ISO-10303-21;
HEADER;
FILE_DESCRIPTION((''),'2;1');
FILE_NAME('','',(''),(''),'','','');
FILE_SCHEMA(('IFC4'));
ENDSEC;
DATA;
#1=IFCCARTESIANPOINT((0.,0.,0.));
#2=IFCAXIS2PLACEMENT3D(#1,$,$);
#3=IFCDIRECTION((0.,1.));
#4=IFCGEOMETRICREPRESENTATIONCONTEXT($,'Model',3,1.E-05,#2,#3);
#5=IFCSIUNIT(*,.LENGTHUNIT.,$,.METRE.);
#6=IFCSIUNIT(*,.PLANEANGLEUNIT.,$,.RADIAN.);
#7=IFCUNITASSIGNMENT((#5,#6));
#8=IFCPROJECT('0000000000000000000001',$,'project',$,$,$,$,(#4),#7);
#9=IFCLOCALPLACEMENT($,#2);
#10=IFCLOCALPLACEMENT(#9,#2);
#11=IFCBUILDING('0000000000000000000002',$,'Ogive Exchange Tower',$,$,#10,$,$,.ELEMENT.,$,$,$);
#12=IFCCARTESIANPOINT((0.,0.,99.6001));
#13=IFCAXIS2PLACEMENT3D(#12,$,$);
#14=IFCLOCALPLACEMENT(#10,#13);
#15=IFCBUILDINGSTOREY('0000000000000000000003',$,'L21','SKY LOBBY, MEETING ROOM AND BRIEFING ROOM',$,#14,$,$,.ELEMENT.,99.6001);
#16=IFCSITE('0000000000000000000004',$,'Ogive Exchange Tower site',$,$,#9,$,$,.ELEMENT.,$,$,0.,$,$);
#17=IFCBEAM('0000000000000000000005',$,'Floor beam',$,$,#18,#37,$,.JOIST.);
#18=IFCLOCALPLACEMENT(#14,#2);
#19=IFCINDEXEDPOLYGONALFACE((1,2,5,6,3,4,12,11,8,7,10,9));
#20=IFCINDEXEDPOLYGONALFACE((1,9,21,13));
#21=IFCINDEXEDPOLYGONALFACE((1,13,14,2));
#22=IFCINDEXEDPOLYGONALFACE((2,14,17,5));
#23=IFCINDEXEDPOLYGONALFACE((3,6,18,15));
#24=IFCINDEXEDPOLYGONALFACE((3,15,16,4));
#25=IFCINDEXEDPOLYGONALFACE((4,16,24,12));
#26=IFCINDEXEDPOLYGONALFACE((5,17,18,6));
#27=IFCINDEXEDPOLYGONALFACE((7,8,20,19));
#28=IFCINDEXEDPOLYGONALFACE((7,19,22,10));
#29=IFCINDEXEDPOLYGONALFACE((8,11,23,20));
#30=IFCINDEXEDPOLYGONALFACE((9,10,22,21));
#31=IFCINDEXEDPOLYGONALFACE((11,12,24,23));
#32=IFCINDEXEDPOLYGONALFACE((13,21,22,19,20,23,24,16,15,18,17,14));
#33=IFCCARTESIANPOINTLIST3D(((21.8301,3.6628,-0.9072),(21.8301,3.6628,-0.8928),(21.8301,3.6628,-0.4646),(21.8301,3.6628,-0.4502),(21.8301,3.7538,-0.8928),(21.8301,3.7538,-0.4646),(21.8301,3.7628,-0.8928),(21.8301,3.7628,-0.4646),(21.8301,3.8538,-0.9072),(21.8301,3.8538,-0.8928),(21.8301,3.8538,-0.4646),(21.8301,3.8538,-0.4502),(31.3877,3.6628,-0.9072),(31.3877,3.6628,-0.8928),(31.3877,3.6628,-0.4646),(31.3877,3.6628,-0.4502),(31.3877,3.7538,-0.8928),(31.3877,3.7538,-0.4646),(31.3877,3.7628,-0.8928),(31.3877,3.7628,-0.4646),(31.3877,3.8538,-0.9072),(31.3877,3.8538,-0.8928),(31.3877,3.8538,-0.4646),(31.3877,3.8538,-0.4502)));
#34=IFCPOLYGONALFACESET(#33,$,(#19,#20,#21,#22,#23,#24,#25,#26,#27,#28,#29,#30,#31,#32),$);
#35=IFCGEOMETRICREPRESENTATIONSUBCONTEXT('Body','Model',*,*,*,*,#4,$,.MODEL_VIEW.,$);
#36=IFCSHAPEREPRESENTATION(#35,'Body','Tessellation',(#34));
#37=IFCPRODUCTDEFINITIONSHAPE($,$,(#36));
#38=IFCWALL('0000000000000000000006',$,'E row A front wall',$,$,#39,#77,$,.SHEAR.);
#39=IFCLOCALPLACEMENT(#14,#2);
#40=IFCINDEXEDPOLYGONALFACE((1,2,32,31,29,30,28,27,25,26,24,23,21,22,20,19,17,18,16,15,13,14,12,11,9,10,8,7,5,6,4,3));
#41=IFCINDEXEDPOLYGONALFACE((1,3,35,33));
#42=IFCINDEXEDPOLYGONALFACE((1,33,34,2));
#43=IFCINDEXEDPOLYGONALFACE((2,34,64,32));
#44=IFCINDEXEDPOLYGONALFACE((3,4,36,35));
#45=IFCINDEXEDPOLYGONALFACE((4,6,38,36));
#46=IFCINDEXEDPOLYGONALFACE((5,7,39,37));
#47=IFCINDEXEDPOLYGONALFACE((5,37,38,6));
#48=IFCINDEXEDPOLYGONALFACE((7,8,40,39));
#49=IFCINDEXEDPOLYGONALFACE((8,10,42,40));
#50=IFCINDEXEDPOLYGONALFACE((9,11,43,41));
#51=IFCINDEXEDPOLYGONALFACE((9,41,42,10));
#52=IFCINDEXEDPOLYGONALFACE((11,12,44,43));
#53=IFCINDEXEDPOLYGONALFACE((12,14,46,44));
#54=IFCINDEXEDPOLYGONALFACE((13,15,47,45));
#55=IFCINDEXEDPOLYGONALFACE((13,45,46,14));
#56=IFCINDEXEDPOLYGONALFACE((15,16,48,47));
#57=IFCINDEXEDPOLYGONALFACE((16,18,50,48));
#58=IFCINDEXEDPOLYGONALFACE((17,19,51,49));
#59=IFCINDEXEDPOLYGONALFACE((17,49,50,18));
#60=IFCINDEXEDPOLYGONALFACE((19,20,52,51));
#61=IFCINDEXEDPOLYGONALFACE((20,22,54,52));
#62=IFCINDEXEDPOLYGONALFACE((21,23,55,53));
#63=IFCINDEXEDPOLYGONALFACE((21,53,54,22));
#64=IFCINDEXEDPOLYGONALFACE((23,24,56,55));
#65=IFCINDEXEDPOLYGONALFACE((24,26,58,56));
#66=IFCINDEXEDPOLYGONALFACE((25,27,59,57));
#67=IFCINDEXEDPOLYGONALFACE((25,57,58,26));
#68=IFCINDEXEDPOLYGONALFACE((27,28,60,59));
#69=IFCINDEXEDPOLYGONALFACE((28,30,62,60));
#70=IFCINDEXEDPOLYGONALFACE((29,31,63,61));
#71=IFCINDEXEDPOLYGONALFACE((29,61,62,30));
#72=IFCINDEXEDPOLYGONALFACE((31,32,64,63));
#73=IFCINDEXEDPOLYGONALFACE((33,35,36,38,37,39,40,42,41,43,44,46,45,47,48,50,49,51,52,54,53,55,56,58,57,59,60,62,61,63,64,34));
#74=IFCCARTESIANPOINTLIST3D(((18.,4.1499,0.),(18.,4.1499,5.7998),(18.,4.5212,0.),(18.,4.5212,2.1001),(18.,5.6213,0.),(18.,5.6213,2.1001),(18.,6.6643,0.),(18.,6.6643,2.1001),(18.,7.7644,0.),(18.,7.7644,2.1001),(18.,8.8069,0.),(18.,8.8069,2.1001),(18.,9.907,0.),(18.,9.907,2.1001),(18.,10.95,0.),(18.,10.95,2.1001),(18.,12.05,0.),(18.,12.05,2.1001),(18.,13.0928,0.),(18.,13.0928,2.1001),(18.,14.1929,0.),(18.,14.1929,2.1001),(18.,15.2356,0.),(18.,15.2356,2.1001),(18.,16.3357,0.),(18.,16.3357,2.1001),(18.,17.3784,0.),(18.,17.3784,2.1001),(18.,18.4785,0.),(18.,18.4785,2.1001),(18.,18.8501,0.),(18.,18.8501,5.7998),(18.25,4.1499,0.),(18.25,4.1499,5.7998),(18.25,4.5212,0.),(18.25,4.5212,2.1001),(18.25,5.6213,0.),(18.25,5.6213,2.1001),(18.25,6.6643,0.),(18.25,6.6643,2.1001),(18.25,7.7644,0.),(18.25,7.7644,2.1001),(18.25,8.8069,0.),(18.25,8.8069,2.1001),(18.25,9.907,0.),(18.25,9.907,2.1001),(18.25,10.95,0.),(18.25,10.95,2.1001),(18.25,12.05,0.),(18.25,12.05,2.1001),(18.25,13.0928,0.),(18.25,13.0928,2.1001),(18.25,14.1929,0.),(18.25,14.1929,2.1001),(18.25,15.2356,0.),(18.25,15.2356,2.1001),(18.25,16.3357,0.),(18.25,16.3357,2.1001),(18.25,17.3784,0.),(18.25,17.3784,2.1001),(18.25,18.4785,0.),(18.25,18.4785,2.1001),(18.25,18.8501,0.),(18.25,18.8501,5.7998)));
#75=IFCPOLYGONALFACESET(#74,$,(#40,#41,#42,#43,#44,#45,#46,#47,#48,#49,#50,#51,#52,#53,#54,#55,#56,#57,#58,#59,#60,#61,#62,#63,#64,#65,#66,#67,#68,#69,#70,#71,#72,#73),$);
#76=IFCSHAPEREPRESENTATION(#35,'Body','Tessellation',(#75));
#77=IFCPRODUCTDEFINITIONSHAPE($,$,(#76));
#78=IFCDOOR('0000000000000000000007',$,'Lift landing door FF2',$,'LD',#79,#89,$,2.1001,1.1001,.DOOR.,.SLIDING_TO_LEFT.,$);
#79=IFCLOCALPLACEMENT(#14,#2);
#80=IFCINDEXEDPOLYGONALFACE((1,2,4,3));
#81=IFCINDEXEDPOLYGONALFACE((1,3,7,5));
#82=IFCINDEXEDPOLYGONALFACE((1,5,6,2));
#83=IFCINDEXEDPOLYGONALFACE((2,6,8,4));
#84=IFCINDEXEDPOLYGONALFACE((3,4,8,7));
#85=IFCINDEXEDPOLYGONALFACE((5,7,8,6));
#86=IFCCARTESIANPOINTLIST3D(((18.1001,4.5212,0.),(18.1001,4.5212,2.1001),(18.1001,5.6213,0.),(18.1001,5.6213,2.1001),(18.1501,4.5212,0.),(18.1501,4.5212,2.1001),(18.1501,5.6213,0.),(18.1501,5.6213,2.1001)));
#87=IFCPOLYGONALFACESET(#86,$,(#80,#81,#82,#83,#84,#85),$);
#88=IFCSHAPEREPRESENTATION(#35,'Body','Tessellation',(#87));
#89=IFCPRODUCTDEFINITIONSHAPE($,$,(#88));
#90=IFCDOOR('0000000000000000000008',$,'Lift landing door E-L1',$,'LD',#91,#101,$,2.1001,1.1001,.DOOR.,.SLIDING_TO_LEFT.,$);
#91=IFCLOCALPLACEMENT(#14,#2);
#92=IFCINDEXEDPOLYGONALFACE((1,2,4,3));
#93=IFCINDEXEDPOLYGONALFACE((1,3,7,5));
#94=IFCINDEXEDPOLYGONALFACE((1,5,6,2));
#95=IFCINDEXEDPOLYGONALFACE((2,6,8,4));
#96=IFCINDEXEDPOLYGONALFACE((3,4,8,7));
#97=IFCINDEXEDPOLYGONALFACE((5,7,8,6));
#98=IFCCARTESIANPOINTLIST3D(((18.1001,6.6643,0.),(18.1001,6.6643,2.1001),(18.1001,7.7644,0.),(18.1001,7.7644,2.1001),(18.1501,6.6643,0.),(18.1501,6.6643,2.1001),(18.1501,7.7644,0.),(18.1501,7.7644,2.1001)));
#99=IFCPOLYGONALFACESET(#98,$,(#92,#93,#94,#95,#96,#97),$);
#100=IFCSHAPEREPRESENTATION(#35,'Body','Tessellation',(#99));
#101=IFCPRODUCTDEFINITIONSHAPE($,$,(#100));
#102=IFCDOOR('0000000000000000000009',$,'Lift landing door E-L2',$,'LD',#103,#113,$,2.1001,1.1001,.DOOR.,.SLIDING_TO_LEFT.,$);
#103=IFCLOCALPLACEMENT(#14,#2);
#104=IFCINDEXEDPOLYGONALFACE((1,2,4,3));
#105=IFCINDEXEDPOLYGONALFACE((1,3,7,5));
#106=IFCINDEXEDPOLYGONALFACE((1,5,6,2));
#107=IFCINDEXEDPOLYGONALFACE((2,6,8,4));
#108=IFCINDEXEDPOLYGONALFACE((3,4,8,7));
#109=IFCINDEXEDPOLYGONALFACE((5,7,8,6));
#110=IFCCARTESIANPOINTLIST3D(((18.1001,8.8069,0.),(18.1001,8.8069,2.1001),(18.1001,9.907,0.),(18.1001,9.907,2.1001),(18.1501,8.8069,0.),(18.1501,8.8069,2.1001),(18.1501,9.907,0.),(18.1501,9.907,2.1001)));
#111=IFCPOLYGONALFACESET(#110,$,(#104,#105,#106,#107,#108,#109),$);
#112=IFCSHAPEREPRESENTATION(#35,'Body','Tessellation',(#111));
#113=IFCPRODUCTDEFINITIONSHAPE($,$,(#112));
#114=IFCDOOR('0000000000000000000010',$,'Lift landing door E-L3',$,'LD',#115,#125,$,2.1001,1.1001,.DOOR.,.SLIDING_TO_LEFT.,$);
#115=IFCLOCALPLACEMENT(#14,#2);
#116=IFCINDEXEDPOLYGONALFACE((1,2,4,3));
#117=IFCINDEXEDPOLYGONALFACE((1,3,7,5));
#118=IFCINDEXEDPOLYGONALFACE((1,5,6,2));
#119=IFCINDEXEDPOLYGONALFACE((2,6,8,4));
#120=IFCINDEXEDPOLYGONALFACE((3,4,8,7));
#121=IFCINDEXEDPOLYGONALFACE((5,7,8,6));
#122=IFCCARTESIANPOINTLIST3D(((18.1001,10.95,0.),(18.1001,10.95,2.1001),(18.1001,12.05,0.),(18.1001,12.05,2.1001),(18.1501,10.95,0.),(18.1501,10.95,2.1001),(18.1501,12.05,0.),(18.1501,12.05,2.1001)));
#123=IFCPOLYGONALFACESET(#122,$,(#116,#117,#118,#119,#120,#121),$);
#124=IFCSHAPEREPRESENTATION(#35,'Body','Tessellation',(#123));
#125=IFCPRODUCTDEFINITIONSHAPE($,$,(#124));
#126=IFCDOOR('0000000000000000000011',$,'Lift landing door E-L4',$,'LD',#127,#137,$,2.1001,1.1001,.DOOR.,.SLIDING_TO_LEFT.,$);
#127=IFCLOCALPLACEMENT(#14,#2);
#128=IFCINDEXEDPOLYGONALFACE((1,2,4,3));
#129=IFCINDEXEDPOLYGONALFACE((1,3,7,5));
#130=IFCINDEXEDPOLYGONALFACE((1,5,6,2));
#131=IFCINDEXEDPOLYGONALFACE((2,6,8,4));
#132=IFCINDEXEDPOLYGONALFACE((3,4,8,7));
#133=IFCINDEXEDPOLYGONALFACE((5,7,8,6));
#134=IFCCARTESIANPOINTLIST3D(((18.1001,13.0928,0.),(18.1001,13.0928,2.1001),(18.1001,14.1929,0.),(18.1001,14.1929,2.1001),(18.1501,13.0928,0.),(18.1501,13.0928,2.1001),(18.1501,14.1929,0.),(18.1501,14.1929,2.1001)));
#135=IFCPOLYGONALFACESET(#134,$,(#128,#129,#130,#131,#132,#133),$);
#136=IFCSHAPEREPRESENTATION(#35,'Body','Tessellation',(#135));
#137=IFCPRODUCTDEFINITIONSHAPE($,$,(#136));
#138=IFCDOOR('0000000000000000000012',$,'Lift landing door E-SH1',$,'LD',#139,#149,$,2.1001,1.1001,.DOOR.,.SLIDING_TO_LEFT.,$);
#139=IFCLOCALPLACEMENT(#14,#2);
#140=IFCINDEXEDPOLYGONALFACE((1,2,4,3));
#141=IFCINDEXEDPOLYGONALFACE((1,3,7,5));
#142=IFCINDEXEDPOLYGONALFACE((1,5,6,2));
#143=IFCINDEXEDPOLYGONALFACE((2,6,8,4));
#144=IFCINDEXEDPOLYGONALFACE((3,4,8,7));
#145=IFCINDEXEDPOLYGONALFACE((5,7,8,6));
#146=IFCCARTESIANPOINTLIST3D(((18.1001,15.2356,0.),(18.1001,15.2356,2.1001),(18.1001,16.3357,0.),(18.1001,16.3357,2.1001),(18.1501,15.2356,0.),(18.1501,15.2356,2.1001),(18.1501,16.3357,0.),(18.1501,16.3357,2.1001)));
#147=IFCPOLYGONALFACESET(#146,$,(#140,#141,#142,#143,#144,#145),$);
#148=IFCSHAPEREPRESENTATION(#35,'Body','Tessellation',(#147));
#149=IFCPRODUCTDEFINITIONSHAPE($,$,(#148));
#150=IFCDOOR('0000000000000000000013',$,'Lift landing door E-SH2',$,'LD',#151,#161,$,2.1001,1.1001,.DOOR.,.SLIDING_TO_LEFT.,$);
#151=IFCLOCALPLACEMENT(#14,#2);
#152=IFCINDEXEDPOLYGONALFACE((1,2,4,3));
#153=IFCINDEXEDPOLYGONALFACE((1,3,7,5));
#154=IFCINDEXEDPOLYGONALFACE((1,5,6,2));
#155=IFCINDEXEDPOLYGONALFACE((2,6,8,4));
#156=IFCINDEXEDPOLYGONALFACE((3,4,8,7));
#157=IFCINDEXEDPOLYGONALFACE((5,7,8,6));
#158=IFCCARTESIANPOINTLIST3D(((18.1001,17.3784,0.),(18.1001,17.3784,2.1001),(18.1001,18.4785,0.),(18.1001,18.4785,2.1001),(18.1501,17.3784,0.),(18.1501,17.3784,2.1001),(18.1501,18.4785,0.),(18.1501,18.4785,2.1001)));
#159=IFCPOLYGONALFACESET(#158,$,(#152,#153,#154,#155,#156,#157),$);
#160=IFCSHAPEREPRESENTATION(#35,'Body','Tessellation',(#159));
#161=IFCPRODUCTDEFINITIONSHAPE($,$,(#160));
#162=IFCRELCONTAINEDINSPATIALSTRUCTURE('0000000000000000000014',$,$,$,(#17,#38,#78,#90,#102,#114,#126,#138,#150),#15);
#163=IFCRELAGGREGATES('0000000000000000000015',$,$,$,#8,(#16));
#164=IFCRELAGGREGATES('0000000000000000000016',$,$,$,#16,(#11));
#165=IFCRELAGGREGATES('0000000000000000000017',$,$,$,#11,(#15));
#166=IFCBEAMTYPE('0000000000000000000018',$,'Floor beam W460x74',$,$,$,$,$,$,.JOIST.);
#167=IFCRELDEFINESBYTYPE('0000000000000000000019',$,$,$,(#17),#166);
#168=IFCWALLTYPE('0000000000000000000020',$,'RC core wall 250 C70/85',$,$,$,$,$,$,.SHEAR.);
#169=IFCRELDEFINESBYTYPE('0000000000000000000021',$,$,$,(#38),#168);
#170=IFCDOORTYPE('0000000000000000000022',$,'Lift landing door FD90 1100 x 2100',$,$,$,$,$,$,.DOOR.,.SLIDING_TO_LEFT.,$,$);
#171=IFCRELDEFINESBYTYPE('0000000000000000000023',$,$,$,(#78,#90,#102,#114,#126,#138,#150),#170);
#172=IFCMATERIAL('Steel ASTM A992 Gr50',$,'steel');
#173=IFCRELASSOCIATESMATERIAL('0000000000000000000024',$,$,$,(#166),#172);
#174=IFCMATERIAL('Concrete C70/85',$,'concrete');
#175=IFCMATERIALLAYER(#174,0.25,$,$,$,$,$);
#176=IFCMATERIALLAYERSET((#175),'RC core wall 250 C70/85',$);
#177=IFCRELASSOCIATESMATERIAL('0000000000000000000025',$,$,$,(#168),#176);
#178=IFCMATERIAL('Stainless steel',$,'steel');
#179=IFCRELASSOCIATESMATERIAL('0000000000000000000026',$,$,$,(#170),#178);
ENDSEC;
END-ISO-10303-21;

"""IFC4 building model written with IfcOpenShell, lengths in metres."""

from ifc_helpers import new_model, si_unit, direction, frame, frame_2d, origin, origin_2d, place, context, subcontext, project, spatial, rectangle, i_section, extrude, material, layer, layer_set, material_profile, profile_set, type_object, element, fill, save


model = new_model("IFC4")

# Units and contexts
model_context = context("Model", 3, precision=1e-05, world=origin(), true_north=direction((0.0, 1.0)))
body_context = subcontext(model_context, "Body", "Model", "MODEL_VIEW")
ifc_project = project(units=[si_unit("LENGTHUNIT", "METRE"), si_unit("PLANEANGLEUNIT", "RADIAN")], contexts=[model_context])

# Site, building, storey
site_placement = place(None, origin())
site = spatial("IfcSite", under=ifc_project, at=site_placement, Name="Ogive Exchange Tower site", CompositionType="ELEMENT", RefElevation=0.0)
building_placement = place(site_placement, origin())
building = spatial("IfcBuilding", under=site, at=building_placement, Name="Ogive Exchange Tower", CompositionType="ELEMENT")
storey_placement = place(building_placement, frame((0.0, 0.0, 99.6001)))
storey = spatial("IfcBuildingStorey", under=building, at=storey_placement, Name="L21", Description="SKY LOBBY, MEETING ROOM AND BRIEFING ROOM", CompositionType="ELEMENT", Elevation=99.6001)

# Beam
ifc_material_1 = material(Name="Steel ASTM A992 Gr50", Category="steel")
ifc_material_profile = material_profile(ifc_material_1, i_section(OverallWidth=0.1909, OverallDepth=0.457, WebThickness=0.009, FlangeThickness=0.0144, at=origin_2d()), Name="W460x74")
ifc_profile_set = profile_set([ifc_material_profile], Name="Steel ASTM A992 Gr50")
beam_type = type_object("IfcBeamType", Name="Floor beam W460x74", PredefinedType="JOIST", material=ifc_profile_set)
beam_placement = place(storey_placement, frame((21.8301, 3.7583, -0.6787), z_axis=(1.0, 0.0, 0.0), x_axis=(0.0, 1.0, 0.0)))
element("IfcBeam", 1, at=beam_placement, inside=storey, type_object=beam_type, Name="Floor beam", PredefinedType="JOIST", context=body_context, shape_type="SweptSolid", body=[
    extrude(i_section(OverallWidth=0.1909, OverallDepth=0.457, WebThickness=0.009, FlangeThickness=0.0144, at=origin_2d()), origin(), (0.0, 0.0, 1.0), 9.5576),
])

# Wall, openings, doors
ifc_material_2 = material(Name="Concrete C70/85", Category="concrete")
ifc_layer_1 = layer(ifc_material_2, 0.25)
ifc_layer_set_1 = layer_set([ifc_layer_1], Name="RC core wall 250 C70/85")
wall_type_1 = type_object("IfcWallType", Name="RC core wall 250 C70/85", PredefinedType="SHEAR", material=ifc_layer_set_1)
wall_1_placement = place(storey_placement, frame((18.125, 4.1499, 0.0), z_axis=(0.0, 0.0, 1.0), x_axis=(0.0, 1.0, 0.0)))
wall_1 = element("IfcWall", 2, at=wall_1_placement, inside=storey, type_object=wall_type_1, Name="E row A front wall", PredefinedType="SHEAR", context=body_context, shape_type="SweptSolid", body=[
    extrude(rectangle(XDim=14.7002, YDim=0.25, at=frame_2d((7.3501, 0.0))), origin(), (0.0, 0.0, 1.0), 5.7998),
])
opening_1_placement = place(wall_1_placement, frame((0.3713, 0.0, 0.0)))
opening_1 = element("IfcOpeningElement", 3, at=opening_1_placement, cuts=wall_1, PredefinedType="OPENING", context=body_context, shape_type="SweptSolid", body=[
    extrude(rectangle(XDim=1.1001, YDim=2.1001, at=frame_2d((0.55, 1.05))), frame((0.0, 0.135, 0.0), z_axis=(0.0, -1.0, 0.0), x_axis=(1.0, 0.0, 0.0)), (0.0, 0.0, 1.0), 0.27),
])
opening_2_placement = place(wall_1_placement, frame((2.5144, 0.0, 0.0)))
opening_2 = element("IfcOpeningElement", 4, at=opening_2_placement, cuts=wall_1, PredefinedType="OPENING", context=body_context, shape_type="SweptSolid", body=[
    extrude(rectangle(XDim=1.1001, YDim=2.1001, at=frame_2d((0.55, 1.05))), frame((0.0, 0.135, 0.0), z_axis=(0.0, -1.0, 0.0), x_axis=(1.0, 0.0, 0.0)), (0.0, 0.0, 1.0), 0.27),
])
opening_3_placement = place(wall_1_placement, frame((4.657, 0.0, 0.0)))
opening_3 = element("IfcOpeningElement", 5, at=opening_3_placement, cuts=wall_1, PredefinedType="OPENING", context=body_context, shape_type="SweptSolid", body=[
    extrude(rectangle(XDim=1.1001, YDim=2.1001, at=frame_2d((0.55, 1.05))), frame((0.0, 0.135, 0.0), z_axis=(0.0, -1.0, 0.0), x_axis=(1.0, 0.0, 0.0)), (0.0, 0.0, 1.0), 0.27),
])
opening_4_placement = place(wall_1_placement, frame((6.8, 0.0, 0.0)))
opening_4 = element("IfcOpeningElement", 6, at=opening_4_placement, cuts=wall_1, PredefinedType="OPENING", context=body_context, shape_type="SweptSolid", body=[
    extrude(rectangle(XDim=1.1001, YDim=2.1001, at=frame_2d((0.55, 1.05))), frame((0.0, 0.135, 0.0), z_axis=(0.0, -1.0, 0.0), x_axis=(1.0, 0.0, 0.0)), (0.0, 0.0, 1.0), 0.27),
])
opening_5_placement = place(wall_1_placement, frame((8.9429, 0.0, 0.0)))
opening_5 = element("IfcOpeningElement", 7, at=opening_5_placement, cuts=wall_1, PredefinedType="OPENING", context=body_context, shape_type="SweptSolid", body=[
    extrude(rectangle(XDim=1.1001, YDim=2.1001, at=frame_2d((0.55, 1.05))), frame((0.0, 0.135, 0.0), z_axis=(0.0, -1.0, 0.0), x_axis=(1.0, 0.0, 0.0)), (0.0, 0.0, 1.0), 0.27),
])
opening_6_placement = place(wall_1_placement, frame((11.0857, 0.0, 0.0)))
opening_6 = element("IfcOpeningElement", 8, at=opening_6_placement, cuts=wall_1, PredefinedType="OPENING", context=body_context, shape_type="SweptSolid", body=[
    extrude(rectangle(XDim=1.1001, YDim=2.1001, at=frame_2d((0.55, 1.05))), frame((0.0, 0.135, 0.0), z_axis=(0.0, -1.0, 0.0), x_axis=(1.0, 0.0, 0.0)), (0.0, 0.0, 1.0), 0.27),
])
opening_7_placement = place(wall_1_placement, frame((13.2285, 0.0, 0.0)))
opening_7 = element("IfcOpeningElement", 9, at=opening_7_placement, cuts=wall_1, PredefinedType="OPENING", context=body_context, shape_type="SweptSolid", body=[
    extrude(rectangle(XDim=1.1001, YDim=2.1001, at=frame_2d((0.55, 1.05))), frame((0.0, 0.135, 0.0), z_axis=(0.0, -1.0, 0.0), x_axis=(1.0, 0.0, 0.0)), (0.0, 0.0, 1.0), 0.27),
])
ifc_material_3 = material(Name="Stainless steel", Category="steel")
door_type = type_object("IfcDoorType", Name="Lift landing door FD90 1100 x 2100", OperationType="SLIDING_TO_LEFT", PredefinedType="DOOR", material=ifc_material_3)
door_1_placement = place(opening_1_placement, origin())
door_1 = element("IfcDoor", 10, at=door_1_placement, inside=storey, type_object=door_type, Name="Lift landing door FF2", ObjectType="LD", OperationType="SLIDING_TO_LEFT", OverallHeight=2.1001, OverallWidth=1.1001, PredefinedType="DOOR", context=body_context, shape_type="SweptSolid", body=[
    extrude(rectangle(XDim=1.1001, YDim=2.1001, at=frame_2d((0.55, 1.05))), frame((0.0, 0.0249, 0.0), z_axis=(0.0, -1.0, 0.0), x_axis=(1.0, 0.0, 0.0)), (0.0, 0.0, 1.0), 0.05),
])
fill(opening_1, door_1)
door_2_placement = place(opening_2_placement, origin())
door_2 = element("IfcDoor", 11, at=door_2_placement, inside=storey, type_object=door_type, Name="Lift landing door E-L1", ObjectType="LD", OperationType="SLIDING_TO_LEFT", OverallHeight=2.1001, OverallWidth=1.1001, PredefinedType="DOOR", context=body_context, shape_type="SweptSolid", body=[
    extrude(rectangle(XDim=1.1001, YDim=2.1001, at=frame_2d((0.55, 1.05))), frame((0.0, 0.0249, 0.0), z_axis=(0.0, -1.0, 0.0), x_axis=(1.0, 0.0, 0.0)), (0.0, 0.0, 1.0), 0.05),
])
fill(opening_2, door_2)
door_3_placement = place(opening_3_placement, origin())
door_3 = element("IfcDoor", 12, at=door_3_placement, inside=storey, type_object=door_type, Name="Lift landing door E-L2", ObjectType="LD", OperationType="SLIDING_TO_LEFT", OverallHeight=2.1001, OverallWidth=1.1001, PredefinedType="DOOR", context=body_context, shape_type="SweptSolid", body=[
    extrude(rectangle(XDim=1.1001, YDim=2.1001, at=frame_2d((0.55, 1.05))), frame((0.0, 0.0249, 0.0), z_axis=(0.0, -1.0, 0.0), x_axis=(1.0, 0.0, 0.0)), (0.0, 0.0, 1.0), 0.05),
])
fill(opening_3, door_3)
door_4_placement = place(opening_4_placement, origin())
door_4 = element("IfcDoor", 13, at=door_4_placement, inside=storey, type_object=door_type, Name="Lift landing door E-L3", ObjectType="LD", OperationType="SLIDING_TO_LEFT", OverallHeight=2.1001, OverallWidth=1.1001, PredefinedType="DOOR", context=body_context, shape_type="SweptSolid", body=[
    extrude(rectangle(XDim=1.1001, YDim=2.1001, at=frame_2d((0.55, 1.05))), frame((0.0, 0.0249, 0.0), z_axis=(0.0, -1.0, 0.0), x_axis=(1.0, 0.0, 0.0)), (0.0, 0.0, 1.0), 0.05),
])
fill(opening_4, door_4)
door_5_placement = place(opening_5_placement, origin())
door_5 = element("IfcDoor", 14, at=door_5_placement, inside=storey, type_object=door_type, Name="Lift landing door E-L4", ObjectType="LD", OperationType="SLIDING_TO_LEFT", OverallHeight=2.1001, OverallWidth=1.1001, PredefinedType="DOOR", context=body_context, shape_type="SweptSolid", body=[
    extrude(rectangle(XDim=1.1001, YDim=2.1001, at=frame_2d((0.55, 1.05))), frame((0.0, 0.0249, 0.0), z_axis=(0.0, -1.0, 0.0), x_axis=(1.0, 0.0, 0.0)), (0.0, 0.0, 1.0), 0.05),
])
fill(opening_5, door_5)
door_6_placement = place(opening_6_placement, origin())
door_6 = element("IfcDoor", 15, at=door_6_placement, inside=storey, type_object=door_type, Name="Lift landing door E-SH1", ObjectType="LD", OperationType="SLIDING_TO_LEFT", OverallHeight=2.1001, OverallWidth=1.1001, PredefinedType="DOOR", context=body_context, shape_type="SweptSolid", body=[
    extrude(rectangle(XDim=1.1001, YDim=2.1001, at=frame_2d((0.55, 1.05))), frame((0.0, 0.0249, 0.0), z_axis=(0.0, -1.0, 0.0), x_axis=(1.0, 0.0, 0.0)), (0.0, 0.0, 1.0), 0.05),
])
fill(opening_6, door_6)
door_7_placement = place(opening_7_placement, origin())
door_7 = element("IfcDoor", 16, at=door_7_placement, inside=storey, type_object=door_type, Name="Lift landing door E-SH2", ObjectType="LD", OperationType="SLIDING_TO_LEFT", OverallHeight=2.1001, OverallWidth=1.1001, PredefinedType="DOOR", context=body_context, shape_type="SweptSolid", body=[
    extrude(rectangle(XDim=1.1001, YDim=2.1001, at=frame_2d((0.55, 1.05))), frame((0.0, 0.0249, 0.0), z_axis=(0.0, -1.0, 0.0), x_axis=(1.0, 0.0, 0.0)), (0.0, 0.0, 1.0), 0.05),
])
fill(opening_7, door_7)

save(model, "model.ifc")
